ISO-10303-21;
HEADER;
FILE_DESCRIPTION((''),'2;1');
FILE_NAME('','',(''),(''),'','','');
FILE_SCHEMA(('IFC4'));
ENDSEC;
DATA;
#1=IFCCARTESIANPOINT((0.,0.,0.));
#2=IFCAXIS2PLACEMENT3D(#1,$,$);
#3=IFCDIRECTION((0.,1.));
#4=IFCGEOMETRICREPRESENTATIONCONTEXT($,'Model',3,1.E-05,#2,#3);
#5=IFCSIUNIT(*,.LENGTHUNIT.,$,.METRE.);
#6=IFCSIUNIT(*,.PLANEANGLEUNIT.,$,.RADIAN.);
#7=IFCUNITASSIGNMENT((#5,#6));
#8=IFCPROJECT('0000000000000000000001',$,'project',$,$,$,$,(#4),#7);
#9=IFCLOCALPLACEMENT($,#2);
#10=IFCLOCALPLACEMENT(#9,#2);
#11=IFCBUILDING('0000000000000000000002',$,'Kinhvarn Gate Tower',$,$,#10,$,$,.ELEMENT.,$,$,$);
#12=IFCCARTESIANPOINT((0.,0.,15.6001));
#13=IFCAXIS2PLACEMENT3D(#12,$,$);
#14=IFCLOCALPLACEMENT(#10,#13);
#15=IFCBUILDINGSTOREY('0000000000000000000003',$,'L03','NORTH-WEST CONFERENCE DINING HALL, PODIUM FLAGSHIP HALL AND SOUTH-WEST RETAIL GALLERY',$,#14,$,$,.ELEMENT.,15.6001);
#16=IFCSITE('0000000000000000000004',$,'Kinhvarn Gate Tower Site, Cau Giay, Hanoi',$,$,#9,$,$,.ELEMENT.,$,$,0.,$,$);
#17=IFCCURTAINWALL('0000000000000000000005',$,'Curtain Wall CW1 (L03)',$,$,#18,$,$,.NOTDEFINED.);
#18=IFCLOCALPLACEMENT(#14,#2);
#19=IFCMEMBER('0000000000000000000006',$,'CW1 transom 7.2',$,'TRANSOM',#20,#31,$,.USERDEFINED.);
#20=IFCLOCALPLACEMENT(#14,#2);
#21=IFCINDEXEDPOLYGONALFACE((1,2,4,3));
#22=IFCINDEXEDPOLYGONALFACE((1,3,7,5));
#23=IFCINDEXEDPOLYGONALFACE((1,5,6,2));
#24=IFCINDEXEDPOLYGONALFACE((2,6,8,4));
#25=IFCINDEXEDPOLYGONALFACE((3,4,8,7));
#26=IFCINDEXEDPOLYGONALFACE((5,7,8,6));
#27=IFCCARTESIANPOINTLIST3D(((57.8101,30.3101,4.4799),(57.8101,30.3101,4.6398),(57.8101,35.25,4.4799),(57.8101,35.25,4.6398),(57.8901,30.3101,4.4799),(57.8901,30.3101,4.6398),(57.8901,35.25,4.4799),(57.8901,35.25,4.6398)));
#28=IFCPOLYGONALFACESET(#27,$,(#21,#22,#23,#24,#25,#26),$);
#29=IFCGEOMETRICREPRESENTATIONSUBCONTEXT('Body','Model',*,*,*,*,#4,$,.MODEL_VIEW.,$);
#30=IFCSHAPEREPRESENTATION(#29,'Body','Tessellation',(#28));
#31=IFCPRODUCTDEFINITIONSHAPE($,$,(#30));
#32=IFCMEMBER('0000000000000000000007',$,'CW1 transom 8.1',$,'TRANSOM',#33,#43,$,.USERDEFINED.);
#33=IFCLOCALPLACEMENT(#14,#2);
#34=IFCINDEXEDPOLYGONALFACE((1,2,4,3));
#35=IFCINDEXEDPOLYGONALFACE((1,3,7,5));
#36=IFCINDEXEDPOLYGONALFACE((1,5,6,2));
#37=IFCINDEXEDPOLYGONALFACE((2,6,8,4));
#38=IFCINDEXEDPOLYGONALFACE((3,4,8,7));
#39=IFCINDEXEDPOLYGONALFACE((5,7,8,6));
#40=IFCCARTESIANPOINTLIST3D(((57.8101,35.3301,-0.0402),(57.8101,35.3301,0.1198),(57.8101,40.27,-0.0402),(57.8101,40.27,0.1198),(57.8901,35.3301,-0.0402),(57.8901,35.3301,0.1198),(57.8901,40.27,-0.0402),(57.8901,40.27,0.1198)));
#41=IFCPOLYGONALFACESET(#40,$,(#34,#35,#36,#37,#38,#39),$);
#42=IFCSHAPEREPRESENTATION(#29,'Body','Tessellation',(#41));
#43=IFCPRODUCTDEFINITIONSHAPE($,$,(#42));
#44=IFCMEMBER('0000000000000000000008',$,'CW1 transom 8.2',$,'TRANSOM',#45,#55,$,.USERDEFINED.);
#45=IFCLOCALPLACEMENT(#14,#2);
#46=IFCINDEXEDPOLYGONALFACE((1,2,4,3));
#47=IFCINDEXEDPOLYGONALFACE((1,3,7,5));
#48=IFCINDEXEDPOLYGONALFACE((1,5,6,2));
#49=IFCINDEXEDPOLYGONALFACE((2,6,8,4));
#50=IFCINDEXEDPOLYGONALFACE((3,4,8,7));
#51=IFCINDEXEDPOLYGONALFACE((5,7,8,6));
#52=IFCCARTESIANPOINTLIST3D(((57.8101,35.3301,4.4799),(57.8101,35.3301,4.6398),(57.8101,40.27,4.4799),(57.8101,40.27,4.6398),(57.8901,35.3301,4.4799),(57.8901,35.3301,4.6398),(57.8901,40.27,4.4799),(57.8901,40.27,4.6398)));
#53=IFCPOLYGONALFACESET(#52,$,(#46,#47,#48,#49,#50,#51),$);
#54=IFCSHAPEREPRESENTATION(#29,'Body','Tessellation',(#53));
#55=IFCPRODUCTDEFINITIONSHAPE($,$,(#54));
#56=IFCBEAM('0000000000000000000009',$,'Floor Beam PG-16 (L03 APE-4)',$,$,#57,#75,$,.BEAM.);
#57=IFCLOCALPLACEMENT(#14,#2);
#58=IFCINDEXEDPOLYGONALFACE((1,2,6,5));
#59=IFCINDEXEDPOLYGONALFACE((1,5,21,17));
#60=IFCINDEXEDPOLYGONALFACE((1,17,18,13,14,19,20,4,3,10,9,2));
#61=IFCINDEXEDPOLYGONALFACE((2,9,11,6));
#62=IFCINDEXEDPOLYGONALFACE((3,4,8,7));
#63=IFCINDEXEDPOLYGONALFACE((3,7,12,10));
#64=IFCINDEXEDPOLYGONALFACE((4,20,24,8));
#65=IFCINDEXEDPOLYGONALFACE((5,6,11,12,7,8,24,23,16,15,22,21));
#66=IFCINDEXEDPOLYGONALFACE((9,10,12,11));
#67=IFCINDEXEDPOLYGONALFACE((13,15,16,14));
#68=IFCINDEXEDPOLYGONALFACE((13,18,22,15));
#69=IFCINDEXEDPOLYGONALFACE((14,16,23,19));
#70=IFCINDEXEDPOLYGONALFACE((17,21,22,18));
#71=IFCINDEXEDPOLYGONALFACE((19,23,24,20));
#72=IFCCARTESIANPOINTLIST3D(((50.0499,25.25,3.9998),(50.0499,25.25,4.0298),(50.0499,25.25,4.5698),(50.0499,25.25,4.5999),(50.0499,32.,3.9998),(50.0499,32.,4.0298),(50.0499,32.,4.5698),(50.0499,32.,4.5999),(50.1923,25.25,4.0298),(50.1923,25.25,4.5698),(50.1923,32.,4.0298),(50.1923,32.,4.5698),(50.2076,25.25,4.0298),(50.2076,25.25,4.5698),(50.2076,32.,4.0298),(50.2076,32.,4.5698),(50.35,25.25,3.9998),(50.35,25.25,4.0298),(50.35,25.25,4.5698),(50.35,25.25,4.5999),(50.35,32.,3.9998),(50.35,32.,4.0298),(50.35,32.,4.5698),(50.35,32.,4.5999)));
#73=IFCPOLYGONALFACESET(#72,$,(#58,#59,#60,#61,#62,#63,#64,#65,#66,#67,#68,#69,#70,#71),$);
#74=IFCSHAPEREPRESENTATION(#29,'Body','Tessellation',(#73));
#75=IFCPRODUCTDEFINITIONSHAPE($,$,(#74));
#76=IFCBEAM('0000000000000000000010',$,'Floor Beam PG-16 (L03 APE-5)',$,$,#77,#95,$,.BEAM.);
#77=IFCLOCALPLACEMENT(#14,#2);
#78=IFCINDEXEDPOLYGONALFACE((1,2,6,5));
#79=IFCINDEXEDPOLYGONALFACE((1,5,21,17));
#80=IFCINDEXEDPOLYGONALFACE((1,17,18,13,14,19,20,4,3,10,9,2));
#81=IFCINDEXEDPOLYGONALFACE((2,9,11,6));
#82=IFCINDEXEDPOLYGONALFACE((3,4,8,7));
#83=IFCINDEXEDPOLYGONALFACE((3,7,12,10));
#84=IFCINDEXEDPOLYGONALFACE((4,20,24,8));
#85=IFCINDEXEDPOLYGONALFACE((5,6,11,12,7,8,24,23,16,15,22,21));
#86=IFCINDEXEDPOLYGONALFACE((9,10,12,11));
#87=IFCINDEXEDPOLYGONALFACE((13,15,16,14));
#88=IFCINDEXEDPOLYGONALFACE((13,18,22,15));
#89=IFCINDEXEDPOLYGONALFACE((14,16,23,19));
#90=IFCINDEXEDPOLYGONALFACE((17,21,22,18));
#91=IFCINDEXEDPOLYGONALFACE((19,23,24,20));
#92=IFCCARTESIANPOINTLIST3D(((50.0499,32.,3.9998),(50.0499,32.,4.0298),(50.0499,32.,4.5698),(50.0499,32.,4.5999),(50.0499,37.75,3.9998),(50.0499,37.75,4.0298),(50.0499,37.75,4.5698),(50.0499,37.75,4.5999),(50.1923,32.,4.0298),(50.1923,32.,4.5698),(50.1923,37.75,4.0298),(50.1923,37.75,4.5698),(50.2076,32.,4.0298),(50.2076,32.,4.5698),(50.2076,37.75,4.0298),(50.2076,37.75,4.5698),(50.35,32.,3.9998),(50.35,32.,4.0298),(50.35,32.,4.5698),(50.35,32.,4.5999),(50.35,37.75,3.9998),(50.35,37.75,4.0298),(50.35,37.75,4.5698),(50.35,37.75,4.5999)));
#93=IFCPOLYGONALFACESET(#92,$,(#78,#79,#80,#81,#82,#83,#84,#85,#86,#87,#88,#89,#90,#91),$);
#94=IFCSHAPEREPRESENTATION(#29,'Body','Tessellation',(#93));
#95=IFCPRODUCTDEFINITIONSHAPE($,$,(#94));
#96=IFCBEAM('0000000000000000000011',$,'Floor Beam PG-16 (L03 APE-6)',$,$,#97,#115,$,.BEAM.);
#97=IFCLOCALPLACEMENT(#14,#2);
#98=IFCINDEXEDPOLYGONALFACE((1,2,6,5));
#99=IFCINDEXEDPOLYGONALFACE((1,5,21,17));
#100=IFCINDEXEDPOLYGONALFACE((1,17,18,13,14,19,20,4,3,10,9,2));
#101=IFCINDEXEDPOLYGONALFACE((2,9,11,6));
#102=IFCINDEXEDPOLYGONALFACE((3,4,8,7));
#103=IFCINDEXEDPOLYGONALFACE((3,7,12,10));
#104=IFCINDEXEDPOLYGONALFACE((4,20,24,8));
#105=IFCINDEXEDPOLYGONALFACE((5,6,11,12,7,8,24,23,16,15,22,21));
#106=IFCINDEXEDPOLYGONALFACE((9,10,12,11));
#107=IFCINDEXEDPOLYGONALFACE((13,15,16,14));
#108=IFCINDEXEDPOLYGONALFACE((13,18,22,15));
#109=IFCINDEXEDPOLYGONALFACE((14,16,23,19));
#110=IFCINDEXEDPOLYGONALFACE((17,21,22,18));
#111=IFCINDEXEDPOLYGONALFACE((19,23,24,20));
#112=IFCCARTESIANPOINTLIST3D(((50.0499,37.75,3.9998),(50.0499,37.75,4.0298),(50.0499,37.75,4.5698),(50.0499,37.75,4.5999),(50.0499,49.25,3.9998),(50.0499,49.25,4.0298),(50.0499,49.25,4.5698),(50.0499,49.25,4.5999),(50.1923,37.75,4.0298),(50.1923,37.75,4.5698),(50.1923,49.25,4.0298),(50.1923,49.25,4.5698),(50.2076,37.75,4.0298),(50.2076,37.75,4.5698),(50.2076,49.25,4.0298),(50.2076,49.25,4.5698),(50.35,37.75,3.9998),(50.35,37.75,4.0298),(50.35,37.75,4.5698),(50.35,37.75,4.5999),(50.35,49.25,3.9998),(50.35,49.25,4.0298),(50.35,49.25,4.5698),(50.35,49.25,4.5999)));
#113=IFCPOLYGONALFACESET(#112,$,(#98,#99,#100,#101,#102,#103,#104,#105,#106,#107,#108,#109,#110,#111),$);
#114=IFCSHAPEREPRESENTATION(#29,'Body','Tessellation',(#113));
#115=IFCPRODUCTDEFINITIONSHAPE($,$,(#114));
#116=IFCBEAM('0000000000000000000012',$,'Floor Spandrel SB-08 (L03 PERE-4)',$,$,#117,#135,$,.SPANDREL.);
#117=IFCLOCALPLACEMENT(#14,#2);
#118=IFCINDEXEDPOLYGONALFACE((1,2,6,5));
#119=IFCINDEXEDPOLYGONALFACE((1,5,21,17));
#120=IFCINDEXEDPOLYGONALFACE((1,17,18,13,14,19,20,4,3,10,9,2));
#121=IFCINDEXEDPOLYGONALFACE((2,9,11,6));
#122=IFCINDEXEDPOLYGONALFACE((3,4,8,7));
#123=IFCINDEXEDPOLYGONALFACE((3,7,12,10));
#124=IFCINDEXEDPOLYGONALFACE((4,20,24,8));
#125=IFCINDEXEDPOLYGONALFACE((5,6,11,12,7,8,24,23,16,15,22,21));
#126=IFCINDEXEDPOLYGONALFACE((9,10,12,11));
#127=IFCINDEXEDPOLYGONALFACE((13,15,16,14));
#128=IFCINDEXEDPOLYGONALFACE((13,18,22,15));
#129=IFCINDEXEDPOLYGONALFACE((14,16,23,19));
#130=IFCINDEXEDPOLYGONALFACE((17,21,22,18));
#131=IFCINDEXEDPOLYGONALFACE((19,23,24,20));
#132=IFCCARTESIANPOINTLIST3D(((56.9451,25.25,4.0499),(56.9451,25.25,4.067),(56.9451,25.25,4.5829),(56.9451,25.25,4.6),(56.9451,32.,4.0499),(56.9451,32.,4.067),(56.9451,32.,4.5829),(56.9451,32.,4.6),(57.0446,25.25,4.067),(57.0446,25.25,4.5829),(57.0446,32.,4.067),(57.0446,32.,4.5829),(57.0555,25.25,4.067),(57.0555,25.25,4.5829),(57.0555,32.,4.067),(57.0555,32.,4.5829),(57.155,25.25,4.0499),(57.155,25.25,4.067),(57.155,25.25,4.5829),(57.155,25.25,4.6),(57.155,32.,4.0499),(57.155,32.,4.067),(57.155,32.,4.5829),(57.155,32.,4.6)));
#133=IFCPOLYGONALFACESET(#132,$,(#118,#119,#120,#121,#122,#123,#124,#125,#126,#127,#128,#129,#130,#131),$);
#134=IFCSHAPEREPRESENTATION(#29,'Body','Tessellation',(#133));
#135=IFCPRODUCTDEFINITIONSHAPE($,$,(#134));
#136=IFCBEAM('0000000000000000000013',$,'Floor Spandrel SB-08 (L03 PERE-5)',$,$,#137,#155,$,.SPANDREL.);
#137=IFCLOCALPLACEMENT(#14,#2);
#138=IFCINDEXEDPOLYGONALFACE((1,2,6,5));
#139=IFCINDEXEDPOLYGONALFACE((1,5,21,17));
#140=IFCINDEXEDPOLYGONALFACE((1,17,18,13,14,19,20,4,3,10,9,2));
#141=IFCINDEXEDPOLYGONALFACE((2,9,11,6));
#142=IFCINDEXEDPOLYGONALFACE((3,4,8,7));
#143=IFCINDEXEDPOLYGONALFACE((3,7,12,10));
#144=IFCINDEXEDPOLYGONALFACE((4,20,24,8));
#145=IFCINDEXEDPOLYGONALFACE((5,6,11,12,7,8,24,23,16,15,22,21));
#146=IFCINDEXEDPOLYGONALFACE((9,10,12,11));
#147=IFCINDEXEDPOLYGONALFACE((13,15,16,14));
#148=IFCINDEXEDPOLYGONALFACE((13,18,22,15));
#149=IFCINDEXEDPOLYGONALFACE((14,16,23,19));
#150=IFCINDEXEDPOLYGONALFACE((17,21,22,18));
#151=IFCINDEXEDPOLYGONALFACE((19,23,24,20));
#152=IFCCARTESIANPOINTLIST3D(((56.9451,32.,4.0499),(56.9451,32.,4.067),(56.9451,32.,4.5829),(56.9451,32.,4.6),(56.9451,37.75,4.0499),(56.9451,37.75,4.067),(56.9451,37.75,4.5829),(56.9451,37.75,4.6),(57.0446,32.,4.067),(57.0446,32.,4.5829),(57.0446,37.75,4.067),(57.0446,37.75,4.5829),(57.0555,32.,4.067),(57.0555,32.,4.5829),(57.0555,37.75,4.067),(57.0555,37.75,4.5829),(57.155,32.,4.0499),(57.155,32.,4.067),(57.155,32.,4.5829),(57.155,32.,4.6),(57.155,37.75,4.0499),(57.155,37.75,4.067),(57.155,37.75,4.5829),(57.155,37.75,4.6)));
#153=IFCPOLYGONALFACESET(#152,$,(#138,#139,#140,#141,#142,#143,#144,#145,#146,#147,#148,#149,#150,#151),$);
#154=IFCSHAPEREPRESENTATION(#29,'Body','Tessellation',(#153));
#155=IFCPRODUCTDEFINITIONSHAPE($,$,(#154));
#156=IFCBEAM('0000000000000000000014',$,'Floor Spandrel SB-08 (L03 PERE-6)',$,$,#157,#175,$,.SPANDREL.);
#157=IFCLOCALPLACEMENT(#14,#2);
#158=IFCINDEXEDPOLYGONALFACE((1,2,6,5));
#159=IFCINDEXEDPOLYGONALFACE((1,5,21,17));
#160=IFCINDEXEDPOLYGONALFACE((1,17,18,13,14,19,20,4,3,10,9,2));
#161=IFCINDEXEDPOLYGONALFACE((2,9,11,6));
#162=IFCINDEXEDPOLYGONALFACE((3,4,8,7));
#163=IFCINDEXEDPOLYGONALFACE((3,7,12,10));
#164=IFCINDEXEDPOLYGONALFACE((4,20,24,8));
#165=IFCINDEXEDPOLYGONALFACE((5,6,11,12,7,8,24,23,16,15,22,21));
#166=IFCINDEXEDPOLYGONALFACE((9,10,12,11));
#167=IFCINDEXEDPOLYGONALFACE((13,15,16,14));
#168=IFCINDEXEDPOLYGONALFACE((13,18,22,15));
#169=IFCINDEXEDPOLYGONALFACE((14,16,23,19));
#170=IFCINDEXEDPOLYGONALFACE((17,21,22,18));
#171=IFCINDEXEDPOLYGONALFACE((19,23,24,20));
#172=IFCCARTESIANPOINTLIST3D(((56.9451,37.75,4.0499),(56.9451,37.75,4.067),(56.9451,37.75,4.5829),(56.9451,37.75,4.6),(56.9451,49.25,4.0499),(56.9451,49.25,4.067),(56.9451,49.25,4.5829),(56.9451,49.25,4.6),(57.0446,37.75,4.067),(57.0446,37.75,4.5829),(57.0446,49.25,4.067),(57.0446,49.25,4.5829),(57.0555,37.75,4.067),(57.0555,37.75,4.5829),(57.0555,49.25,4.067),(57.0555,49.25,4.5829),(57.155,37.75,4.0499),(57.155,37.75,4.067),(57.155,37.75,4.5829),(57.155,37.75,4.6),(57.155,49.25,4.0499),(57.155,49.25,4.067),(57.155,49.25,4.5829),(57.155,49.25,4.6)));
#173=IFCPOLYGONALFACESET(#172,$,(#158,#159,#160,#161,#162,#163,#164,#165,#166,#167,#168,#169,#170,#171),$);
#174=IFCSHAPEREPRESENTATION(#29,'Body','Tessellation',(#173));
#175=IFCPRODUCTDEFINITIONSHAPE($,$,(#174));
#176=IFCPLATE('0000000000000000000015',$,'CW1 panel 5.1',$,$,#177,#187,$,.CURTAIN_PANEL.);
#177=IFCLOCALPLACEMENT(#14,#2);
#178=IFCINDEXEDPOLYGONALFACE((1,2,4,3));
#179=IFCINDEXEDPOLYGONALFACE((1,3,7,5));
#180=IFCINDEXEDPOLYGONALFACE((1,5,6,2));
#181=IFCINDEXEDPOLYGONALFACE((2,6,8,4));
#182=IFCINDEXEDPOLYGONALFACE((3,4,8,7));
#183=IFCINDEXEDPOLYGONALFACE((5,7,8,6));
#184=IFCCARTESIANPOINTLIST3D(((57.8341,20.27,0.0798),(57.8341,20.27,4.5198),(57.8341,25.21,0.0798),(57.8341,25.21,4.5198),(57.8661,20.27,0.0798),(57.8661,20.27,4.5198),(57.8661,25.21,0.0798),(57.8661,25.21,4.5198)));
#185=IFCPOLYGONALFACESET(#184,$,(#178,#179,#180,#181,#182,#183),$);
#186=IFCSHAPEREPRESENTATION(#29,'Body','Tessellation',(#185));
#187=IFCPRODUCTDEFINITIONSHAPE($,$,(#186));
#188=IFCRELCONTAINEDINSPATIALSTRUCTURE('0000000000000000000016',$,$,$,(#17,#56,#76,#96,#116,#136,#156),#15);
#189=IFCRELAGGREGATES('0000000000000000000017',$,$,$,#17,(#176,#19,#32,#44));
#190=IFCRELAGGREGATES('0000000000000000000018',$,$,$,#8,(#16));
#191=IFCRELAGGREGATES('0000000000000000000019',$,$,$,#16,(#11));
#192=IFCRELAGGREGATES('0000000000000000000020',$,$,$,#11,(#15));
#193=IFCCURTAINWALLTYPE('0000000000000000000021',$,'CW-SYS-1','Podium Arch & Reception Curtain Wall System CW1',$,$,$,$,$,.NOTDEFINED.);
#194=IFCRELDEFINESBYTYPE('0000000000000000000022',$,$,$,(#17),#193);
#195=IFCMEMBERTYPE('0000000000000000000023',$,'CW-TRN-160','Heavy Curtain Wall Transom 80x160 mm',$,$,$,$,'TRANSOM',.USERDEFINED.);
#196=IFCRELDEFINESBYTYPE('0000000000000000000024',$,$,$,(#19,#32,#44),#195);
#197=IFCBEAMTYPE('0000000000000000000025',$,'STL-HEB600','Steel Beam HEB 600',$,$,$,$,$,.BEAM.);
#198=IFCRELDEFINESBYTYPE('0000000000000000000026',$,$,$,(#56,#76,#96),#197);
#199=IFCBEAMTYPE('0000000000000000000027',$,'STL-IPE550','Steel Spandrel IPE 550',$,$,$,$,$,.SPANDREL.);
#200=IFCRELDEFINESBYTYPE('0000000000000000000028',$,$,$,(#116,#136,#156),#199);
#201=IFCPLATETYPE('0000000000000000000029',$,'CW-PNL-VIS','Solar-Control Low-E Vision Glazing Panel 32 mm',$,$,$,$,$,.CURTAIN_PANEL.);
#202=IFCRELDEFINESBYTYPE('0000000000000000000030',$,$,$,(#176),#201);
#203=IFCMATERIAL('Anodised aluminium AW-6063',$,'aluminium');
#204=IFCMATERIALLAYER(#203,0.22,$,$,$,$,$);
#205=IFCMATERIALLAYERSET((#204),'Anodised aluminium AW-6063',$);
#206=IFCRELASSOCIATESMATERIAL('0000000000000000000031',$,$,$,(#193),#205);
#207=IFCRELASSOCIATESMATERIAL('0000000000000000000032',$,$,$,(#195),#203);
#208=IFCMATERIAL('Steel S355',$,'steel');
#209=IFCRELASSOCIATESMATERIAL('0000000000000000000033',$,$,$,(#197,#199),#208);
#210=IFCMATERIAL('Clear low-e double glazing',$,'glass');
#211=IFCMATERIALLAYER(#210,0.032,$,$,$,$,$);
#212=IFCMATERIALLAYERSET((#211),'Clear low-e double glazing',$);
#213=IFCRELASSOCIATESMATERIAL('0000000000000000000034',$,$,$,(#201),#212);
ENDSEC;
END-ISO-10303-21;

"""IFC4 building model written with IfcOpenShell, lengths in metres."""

from ifc_helpers import new_model, si_unit, direction, frame, origin, origin_2d, place, context, subcontext, project, spatial, rectangle, i_section, extrude, material, layer, layer_set, material_profile, profile_set, type_object, element, aggregate, save


model = new_model("IFC4")

# Units and contexts
model_context = context("Model", 3, precision=1e-05, world=origin(), true_north=direction((0.0, 1.0)))
body_context = subcontext(model_context, "Body", "Model", "MODEL_VIEW")
ifc_project = project(units=[si_unit("LENGTHUNIT", "METRE"), si_unit("PLANEANGLEUNIT", "RADIAN")], contexts=[model_context])

# Site, building, storey
site_placement = place(None, origin())
site = spatial("IfcSite", under=ifc_project, at=site_placement, Name="Kinhvarn Gate Tower Site, Cau Giay, Hanoi", CompositionType="ELEMENT", RefElevation=0.0)
building_placement = place(site_placement, origin())
building = spatial("IfcBuilding", under=site, at=building_placement, Name="Kinhvarn Gate Tower", CompositionType="ELEMENT")
storey_placement = place(building_placement, frame((0.0, 0.0, 15.6001)))
storey = spatial("IfcBuildingStorey", under=building, at=storey_placement, Name="L03", Description="NORTH-WEST CONFERENCE DINING HALL, PODIUM FLAGSHIP HALL AND SOUTH-WEST RETAIL GALLERY", CompositionType="ELEMENT", Elevation=15.6001)

# Curtain wall, members
ifc_material_1 = material(Name="Anodised aluminium AW-6063", Category="aluminium")
ifc_layer_1 = layer(ifc_material_1, 0.22)
ifc_layer_set_1 = layer_set([ifc_layer_1], Name="Anodised aluminium AW-6063")
curtain_wall_type = type_object("IfcCurtainWallType", Name="CW-SYS-1", Description="Podium Arch & Reception Curtain Wall System CW1", PredefinedType="NOTDEFINED", material=ifc_layer_set_1)
curtain_wall_placement = place(storey_placement, origin())
curtain_wall = element("IfcCurtainWall", 1, at=curtain_wall_placement, inside=storey, type_object=curtain_wall_type, Name="Curtain Wall CW1 (L03)", PredefinedType="NOTDEFINED")
ifc_material_profile_1 = material_profile(ifc_material_1, rectangle(XDim=0.0801, YDim=0.1599, at=origin_2d()), Name="ALU 80x160")
ifc_profile_set_1 = profile_set([ifc_material_profile_1], Name="Anodised aluminium AW-6063")
member_type_1 = type_object("IfcMemberType", Name="CW-TRN-160", Description="Heavy Curtain Wall Transom 80x160 mm", ElementType="TRANSOM", PredefinedType="USERDEFINED", material=ifc_profile_set_1)
member_1_placement = place(storey_placement, frame((57.8501, 30.3101, 4.5598), z_axis=(0.0, 1.0, 0.0), x_axis=(-1.0, 0.0, 0.0)))
member_1 = element("IfcMember", 2, at=member_1_placement, type_object=member_type_1, Name="CW1 transom 7.2", ObjectType="TRANSOM", PredefinedType="USERDEFINED", context=body_context, shape_type="SweptSolid", body=[
    extrude(rectangle(XDim=0.0801, YDim=0.1599, at=origin_2d()), origin(), (0.0, 0.0, 1.0), 4.9399),
])
member_2_placement = place(storey_placement, frame((57.8501, 35.3301, 0.0398), z_axis=(0.0, 1.0, 0.0), x_axis=(-1.0, 0.0, 0.0)))
member_2 = element("IfcMember", 3, at=member_2_placement, type_object=member_type_1, Name="CW1 transom 8.1", ObjectType="TRANSOM", PredefinedType="USERDEFINED", context=body_context, shape_type="SweptSolid", body=[
    extrude(rectangle(XDim=0.0801, YDim=0.1599, at=origin_2d()), origin(), (0.0, 0.0, 1.0), 4.9399),
])
member_3_placement = place(storey_placement, frame((57.8501, 35.3301, 4.5598), z_axis=(0.0, 1.0, 0.0), x_axis=(-1.0, 0.0, 0.0)))
member_3 = element("IfcMember", 4, at=member_3_placement, type_object=member_type_1, Name="CW1 transom 8.2", ObjectType="TRANSOM", PredefinedType="USERDEFINED", context=body_context, shape_type="SweptSolid", body=[
    extrude(rectangle(XDim=0.0801, YDim=0.1599, at=origin_2d()), origin(), (0.0, 0.0, 1.0), 4.9399),
])

# Beams
ifc_material_2 = material(Name="Steel S355", Category="steel")
ifc_material_profile_2 = material_profile(ifc_material_2, i_section(OverallWidth=0.3, OverallDepth=0.6001, WebThickness=0.0154, FlangeThickness=0.03, at=origin_2d()), Name="HEB 600")
ifc_profile_set_2 = profile_set([ifc_material_profile_2], Name="Steel S355")
beam_type_1 = type_object("IfcBeamType", Name="STL-HEB600", Description="Steel Beam HEB 600", PredefinedType="BEAM", material=ifc_profile_set_2)
beam_1_placement = place(storey_placement, frame((50.2, 25.25, 4.2998), z_axis=(0.0, 1.0, 0.0), x_axis=(-1.0, 0.0, 0.0)))
element("IfcBeam", 5, at=beam_1_placement, inside=storey, type_object=beam_type_1, Name="Floor Beam PG-16 (L03 APE-4)", PredefinedType="BEAM", context=body_context, shape_type="SweptSolid", body=[
    extrude(i_section(OverallWidth=0.3, OverallDepth=0.6001, WebThickness=0.0154, FlangeThickness=0.03, at=origin_2d()), origin(), (0.0, 0.0, 1.0), 6.75),
])
beam_2_placement = place(storey_placement, frame((50.2, 32.0, 4.2998), z_axis=(0.0, 1.0, 0.0), x_axis=(-1.0, 0.0, 0.0)))
element("IfcBeam", 6, at=beam_2_placement, inside=storey, type_object=beam_type_1, Name="Floor Beam PG-16 (L03 APE-5)", PredefinedType="BEAM", context=body_context, shape_type="SweptSolid", body=[
    extrude(i_section(OverallWidth=0.3, OverallDepth=0.6001, WebThickness=0.0154, FlangeThickness=0.03, at=origin_2d()), origin(), (0.0, 0.0, 1.0), 5.75),
])
beam_3_placement = place(storey_placement, frame((50.2, 37.75, 4.2998), z_axis=(0.0, 1.0, 0.0), x_axis=(-1.0, 0.0, 0.0)))
element("IfcBeam", 7, at=beam_3_placement, inside=storey, type_object=beam_type_1, Name="Floor Beam PG-16 (L03 APE-6)", PredefinedType="BEAM", context=body_context, shape_type="SweptSolid", body=[
    extrude(i_section(OverallWidth=0.3, OverallDepth=0.6001, WebThickness=0.0154, FlangeThickness=0.03, at=origin_2d()), origin(), (0.0, 0.0, 1.0), 11.5),
])
ifc_material_profile_3 = material_profile(ifc_material_2, i_section(OverallWidth=0.21, OverallDepth=0.55, WebThickness=0.011, FlangeThickness=0.0171, at=origin_2d()), Name="IPE 550")
ifc_profile_set_3 = profile_set([ifc_material_profile_3], Name="Steel S355")
beam_type_2 = type_object("IfcBeamType", Name="STL-IPE550", Description="Steel Spandrel IPE 550", PredefinedType="SPANDREL", material=ifc_profile_set_3)
beam_4_placement = place(storey_placement, frame((57.05, 25.25, 4.325), z_axis=(0.0, 1.0, 0.0), x_axis=(-1.0, 0.0, 0.0)))
element("IfcBeam", 8, at=beam_4_placement, inside=storey, type_object=beam_type_2, Name="Floor Spandrel SB-08 (L03 PERE-4)", PredefinedType="SPANDREL", context=body_context, shape_type="SweptSolid", body=[
    extrude(i_section(OverallWidth=0.21, OverallDepth=0.55, WebThickness=0.011, FlangeThickness=0.0171, at=origin_2d()), origin(), (0.0, 0.0, 1.0), 6.75),
])
beam_5_placement = place(storey_placement, frame((57.05, 32.0, 4.325), z_axis=(0.0, 1.0, 0.0), x_axis=(-1.0, 0.0, 0.0)))
element("IfcBeam", 9, at=beam_5_placement, inside=storey, type_object=beam_type_2, Name="Floor Spandrel SB-08 (L03 PERE-5)", PredefinedType="SPANDREL", context=body_context, shape_type="SweptSolid", body=[
    extrude(i_section(OverallWidth=0.21, OverallDepth=0.55, WebThickness=0.011, FlangeThickness=0.0171, at=origin_2d()), origin(), (0.0, 0.0, 1.0), 5.75),
])
beam_6_placement = place(storey_placement, frame((57.05, 37.75, 4.325), z_axis=(0.0, 1.0, 0.0), x_axis=(-1.0, 0.0, 0.0)))
element("IfcBeam", 10, at=beam_6_placement, inside=storey, type_object=beam_type_2, Name="Floor Spandrel SB-08 (L03 PERE-6)", PredefinedType="SPANDREL", context=body_context, shape_type="SweptSolid", body=[
    extrude(i_section(OverallWidth=0.21, OverallDepth=0.55, WebThickness=0.011, FlangeThickness=0.0171, at=origin_2d()), origin(), (0.0, 0.0, 1.0), 11.5),
])

# Plate
ifc_material_3 = material(Name="Clear low-e double glazing", Category="glass")
ifc_layer_2 = layer(ifc_material_3, 0.032)
ifc_layer_set_2 = layer_set([ifc_layer_2], Name="Clear low-e double glazing")
plate_type = type_object("IfcPlateType", Name="CW-PNL-VIS", Description="Solar-Control Low-E Vision Glazing Panel 32 mm", PredefinedType="CURTAIN_PANEL", material=ifc_layer_set_2)
plate_1_placement = place(storey_placement, frame((57.8501, 22.74, 0.0798), z_axis=(0.0, 0.0, 1.0), x_axis=(0.0, 1.0, 0.0)))
plate_1 = element("IfcPlate", 11, at=plate_1_placement, type_object=plate_type, Name="CW1 panel 5.1", PredefinedType="CURTAIN_PANEL", context=body_context, shape_type="SweptSolid", body=[
    extrude(rectangle(XDim=4.9399, YDim=0.032, at=origin_2d()), origin(), (0.0, 0.0, 1.0), 4.4399),
])
aggregate(curtain_wall, [plate_1, member_1, member_2, member_3])

save(model, "model.ifc")
